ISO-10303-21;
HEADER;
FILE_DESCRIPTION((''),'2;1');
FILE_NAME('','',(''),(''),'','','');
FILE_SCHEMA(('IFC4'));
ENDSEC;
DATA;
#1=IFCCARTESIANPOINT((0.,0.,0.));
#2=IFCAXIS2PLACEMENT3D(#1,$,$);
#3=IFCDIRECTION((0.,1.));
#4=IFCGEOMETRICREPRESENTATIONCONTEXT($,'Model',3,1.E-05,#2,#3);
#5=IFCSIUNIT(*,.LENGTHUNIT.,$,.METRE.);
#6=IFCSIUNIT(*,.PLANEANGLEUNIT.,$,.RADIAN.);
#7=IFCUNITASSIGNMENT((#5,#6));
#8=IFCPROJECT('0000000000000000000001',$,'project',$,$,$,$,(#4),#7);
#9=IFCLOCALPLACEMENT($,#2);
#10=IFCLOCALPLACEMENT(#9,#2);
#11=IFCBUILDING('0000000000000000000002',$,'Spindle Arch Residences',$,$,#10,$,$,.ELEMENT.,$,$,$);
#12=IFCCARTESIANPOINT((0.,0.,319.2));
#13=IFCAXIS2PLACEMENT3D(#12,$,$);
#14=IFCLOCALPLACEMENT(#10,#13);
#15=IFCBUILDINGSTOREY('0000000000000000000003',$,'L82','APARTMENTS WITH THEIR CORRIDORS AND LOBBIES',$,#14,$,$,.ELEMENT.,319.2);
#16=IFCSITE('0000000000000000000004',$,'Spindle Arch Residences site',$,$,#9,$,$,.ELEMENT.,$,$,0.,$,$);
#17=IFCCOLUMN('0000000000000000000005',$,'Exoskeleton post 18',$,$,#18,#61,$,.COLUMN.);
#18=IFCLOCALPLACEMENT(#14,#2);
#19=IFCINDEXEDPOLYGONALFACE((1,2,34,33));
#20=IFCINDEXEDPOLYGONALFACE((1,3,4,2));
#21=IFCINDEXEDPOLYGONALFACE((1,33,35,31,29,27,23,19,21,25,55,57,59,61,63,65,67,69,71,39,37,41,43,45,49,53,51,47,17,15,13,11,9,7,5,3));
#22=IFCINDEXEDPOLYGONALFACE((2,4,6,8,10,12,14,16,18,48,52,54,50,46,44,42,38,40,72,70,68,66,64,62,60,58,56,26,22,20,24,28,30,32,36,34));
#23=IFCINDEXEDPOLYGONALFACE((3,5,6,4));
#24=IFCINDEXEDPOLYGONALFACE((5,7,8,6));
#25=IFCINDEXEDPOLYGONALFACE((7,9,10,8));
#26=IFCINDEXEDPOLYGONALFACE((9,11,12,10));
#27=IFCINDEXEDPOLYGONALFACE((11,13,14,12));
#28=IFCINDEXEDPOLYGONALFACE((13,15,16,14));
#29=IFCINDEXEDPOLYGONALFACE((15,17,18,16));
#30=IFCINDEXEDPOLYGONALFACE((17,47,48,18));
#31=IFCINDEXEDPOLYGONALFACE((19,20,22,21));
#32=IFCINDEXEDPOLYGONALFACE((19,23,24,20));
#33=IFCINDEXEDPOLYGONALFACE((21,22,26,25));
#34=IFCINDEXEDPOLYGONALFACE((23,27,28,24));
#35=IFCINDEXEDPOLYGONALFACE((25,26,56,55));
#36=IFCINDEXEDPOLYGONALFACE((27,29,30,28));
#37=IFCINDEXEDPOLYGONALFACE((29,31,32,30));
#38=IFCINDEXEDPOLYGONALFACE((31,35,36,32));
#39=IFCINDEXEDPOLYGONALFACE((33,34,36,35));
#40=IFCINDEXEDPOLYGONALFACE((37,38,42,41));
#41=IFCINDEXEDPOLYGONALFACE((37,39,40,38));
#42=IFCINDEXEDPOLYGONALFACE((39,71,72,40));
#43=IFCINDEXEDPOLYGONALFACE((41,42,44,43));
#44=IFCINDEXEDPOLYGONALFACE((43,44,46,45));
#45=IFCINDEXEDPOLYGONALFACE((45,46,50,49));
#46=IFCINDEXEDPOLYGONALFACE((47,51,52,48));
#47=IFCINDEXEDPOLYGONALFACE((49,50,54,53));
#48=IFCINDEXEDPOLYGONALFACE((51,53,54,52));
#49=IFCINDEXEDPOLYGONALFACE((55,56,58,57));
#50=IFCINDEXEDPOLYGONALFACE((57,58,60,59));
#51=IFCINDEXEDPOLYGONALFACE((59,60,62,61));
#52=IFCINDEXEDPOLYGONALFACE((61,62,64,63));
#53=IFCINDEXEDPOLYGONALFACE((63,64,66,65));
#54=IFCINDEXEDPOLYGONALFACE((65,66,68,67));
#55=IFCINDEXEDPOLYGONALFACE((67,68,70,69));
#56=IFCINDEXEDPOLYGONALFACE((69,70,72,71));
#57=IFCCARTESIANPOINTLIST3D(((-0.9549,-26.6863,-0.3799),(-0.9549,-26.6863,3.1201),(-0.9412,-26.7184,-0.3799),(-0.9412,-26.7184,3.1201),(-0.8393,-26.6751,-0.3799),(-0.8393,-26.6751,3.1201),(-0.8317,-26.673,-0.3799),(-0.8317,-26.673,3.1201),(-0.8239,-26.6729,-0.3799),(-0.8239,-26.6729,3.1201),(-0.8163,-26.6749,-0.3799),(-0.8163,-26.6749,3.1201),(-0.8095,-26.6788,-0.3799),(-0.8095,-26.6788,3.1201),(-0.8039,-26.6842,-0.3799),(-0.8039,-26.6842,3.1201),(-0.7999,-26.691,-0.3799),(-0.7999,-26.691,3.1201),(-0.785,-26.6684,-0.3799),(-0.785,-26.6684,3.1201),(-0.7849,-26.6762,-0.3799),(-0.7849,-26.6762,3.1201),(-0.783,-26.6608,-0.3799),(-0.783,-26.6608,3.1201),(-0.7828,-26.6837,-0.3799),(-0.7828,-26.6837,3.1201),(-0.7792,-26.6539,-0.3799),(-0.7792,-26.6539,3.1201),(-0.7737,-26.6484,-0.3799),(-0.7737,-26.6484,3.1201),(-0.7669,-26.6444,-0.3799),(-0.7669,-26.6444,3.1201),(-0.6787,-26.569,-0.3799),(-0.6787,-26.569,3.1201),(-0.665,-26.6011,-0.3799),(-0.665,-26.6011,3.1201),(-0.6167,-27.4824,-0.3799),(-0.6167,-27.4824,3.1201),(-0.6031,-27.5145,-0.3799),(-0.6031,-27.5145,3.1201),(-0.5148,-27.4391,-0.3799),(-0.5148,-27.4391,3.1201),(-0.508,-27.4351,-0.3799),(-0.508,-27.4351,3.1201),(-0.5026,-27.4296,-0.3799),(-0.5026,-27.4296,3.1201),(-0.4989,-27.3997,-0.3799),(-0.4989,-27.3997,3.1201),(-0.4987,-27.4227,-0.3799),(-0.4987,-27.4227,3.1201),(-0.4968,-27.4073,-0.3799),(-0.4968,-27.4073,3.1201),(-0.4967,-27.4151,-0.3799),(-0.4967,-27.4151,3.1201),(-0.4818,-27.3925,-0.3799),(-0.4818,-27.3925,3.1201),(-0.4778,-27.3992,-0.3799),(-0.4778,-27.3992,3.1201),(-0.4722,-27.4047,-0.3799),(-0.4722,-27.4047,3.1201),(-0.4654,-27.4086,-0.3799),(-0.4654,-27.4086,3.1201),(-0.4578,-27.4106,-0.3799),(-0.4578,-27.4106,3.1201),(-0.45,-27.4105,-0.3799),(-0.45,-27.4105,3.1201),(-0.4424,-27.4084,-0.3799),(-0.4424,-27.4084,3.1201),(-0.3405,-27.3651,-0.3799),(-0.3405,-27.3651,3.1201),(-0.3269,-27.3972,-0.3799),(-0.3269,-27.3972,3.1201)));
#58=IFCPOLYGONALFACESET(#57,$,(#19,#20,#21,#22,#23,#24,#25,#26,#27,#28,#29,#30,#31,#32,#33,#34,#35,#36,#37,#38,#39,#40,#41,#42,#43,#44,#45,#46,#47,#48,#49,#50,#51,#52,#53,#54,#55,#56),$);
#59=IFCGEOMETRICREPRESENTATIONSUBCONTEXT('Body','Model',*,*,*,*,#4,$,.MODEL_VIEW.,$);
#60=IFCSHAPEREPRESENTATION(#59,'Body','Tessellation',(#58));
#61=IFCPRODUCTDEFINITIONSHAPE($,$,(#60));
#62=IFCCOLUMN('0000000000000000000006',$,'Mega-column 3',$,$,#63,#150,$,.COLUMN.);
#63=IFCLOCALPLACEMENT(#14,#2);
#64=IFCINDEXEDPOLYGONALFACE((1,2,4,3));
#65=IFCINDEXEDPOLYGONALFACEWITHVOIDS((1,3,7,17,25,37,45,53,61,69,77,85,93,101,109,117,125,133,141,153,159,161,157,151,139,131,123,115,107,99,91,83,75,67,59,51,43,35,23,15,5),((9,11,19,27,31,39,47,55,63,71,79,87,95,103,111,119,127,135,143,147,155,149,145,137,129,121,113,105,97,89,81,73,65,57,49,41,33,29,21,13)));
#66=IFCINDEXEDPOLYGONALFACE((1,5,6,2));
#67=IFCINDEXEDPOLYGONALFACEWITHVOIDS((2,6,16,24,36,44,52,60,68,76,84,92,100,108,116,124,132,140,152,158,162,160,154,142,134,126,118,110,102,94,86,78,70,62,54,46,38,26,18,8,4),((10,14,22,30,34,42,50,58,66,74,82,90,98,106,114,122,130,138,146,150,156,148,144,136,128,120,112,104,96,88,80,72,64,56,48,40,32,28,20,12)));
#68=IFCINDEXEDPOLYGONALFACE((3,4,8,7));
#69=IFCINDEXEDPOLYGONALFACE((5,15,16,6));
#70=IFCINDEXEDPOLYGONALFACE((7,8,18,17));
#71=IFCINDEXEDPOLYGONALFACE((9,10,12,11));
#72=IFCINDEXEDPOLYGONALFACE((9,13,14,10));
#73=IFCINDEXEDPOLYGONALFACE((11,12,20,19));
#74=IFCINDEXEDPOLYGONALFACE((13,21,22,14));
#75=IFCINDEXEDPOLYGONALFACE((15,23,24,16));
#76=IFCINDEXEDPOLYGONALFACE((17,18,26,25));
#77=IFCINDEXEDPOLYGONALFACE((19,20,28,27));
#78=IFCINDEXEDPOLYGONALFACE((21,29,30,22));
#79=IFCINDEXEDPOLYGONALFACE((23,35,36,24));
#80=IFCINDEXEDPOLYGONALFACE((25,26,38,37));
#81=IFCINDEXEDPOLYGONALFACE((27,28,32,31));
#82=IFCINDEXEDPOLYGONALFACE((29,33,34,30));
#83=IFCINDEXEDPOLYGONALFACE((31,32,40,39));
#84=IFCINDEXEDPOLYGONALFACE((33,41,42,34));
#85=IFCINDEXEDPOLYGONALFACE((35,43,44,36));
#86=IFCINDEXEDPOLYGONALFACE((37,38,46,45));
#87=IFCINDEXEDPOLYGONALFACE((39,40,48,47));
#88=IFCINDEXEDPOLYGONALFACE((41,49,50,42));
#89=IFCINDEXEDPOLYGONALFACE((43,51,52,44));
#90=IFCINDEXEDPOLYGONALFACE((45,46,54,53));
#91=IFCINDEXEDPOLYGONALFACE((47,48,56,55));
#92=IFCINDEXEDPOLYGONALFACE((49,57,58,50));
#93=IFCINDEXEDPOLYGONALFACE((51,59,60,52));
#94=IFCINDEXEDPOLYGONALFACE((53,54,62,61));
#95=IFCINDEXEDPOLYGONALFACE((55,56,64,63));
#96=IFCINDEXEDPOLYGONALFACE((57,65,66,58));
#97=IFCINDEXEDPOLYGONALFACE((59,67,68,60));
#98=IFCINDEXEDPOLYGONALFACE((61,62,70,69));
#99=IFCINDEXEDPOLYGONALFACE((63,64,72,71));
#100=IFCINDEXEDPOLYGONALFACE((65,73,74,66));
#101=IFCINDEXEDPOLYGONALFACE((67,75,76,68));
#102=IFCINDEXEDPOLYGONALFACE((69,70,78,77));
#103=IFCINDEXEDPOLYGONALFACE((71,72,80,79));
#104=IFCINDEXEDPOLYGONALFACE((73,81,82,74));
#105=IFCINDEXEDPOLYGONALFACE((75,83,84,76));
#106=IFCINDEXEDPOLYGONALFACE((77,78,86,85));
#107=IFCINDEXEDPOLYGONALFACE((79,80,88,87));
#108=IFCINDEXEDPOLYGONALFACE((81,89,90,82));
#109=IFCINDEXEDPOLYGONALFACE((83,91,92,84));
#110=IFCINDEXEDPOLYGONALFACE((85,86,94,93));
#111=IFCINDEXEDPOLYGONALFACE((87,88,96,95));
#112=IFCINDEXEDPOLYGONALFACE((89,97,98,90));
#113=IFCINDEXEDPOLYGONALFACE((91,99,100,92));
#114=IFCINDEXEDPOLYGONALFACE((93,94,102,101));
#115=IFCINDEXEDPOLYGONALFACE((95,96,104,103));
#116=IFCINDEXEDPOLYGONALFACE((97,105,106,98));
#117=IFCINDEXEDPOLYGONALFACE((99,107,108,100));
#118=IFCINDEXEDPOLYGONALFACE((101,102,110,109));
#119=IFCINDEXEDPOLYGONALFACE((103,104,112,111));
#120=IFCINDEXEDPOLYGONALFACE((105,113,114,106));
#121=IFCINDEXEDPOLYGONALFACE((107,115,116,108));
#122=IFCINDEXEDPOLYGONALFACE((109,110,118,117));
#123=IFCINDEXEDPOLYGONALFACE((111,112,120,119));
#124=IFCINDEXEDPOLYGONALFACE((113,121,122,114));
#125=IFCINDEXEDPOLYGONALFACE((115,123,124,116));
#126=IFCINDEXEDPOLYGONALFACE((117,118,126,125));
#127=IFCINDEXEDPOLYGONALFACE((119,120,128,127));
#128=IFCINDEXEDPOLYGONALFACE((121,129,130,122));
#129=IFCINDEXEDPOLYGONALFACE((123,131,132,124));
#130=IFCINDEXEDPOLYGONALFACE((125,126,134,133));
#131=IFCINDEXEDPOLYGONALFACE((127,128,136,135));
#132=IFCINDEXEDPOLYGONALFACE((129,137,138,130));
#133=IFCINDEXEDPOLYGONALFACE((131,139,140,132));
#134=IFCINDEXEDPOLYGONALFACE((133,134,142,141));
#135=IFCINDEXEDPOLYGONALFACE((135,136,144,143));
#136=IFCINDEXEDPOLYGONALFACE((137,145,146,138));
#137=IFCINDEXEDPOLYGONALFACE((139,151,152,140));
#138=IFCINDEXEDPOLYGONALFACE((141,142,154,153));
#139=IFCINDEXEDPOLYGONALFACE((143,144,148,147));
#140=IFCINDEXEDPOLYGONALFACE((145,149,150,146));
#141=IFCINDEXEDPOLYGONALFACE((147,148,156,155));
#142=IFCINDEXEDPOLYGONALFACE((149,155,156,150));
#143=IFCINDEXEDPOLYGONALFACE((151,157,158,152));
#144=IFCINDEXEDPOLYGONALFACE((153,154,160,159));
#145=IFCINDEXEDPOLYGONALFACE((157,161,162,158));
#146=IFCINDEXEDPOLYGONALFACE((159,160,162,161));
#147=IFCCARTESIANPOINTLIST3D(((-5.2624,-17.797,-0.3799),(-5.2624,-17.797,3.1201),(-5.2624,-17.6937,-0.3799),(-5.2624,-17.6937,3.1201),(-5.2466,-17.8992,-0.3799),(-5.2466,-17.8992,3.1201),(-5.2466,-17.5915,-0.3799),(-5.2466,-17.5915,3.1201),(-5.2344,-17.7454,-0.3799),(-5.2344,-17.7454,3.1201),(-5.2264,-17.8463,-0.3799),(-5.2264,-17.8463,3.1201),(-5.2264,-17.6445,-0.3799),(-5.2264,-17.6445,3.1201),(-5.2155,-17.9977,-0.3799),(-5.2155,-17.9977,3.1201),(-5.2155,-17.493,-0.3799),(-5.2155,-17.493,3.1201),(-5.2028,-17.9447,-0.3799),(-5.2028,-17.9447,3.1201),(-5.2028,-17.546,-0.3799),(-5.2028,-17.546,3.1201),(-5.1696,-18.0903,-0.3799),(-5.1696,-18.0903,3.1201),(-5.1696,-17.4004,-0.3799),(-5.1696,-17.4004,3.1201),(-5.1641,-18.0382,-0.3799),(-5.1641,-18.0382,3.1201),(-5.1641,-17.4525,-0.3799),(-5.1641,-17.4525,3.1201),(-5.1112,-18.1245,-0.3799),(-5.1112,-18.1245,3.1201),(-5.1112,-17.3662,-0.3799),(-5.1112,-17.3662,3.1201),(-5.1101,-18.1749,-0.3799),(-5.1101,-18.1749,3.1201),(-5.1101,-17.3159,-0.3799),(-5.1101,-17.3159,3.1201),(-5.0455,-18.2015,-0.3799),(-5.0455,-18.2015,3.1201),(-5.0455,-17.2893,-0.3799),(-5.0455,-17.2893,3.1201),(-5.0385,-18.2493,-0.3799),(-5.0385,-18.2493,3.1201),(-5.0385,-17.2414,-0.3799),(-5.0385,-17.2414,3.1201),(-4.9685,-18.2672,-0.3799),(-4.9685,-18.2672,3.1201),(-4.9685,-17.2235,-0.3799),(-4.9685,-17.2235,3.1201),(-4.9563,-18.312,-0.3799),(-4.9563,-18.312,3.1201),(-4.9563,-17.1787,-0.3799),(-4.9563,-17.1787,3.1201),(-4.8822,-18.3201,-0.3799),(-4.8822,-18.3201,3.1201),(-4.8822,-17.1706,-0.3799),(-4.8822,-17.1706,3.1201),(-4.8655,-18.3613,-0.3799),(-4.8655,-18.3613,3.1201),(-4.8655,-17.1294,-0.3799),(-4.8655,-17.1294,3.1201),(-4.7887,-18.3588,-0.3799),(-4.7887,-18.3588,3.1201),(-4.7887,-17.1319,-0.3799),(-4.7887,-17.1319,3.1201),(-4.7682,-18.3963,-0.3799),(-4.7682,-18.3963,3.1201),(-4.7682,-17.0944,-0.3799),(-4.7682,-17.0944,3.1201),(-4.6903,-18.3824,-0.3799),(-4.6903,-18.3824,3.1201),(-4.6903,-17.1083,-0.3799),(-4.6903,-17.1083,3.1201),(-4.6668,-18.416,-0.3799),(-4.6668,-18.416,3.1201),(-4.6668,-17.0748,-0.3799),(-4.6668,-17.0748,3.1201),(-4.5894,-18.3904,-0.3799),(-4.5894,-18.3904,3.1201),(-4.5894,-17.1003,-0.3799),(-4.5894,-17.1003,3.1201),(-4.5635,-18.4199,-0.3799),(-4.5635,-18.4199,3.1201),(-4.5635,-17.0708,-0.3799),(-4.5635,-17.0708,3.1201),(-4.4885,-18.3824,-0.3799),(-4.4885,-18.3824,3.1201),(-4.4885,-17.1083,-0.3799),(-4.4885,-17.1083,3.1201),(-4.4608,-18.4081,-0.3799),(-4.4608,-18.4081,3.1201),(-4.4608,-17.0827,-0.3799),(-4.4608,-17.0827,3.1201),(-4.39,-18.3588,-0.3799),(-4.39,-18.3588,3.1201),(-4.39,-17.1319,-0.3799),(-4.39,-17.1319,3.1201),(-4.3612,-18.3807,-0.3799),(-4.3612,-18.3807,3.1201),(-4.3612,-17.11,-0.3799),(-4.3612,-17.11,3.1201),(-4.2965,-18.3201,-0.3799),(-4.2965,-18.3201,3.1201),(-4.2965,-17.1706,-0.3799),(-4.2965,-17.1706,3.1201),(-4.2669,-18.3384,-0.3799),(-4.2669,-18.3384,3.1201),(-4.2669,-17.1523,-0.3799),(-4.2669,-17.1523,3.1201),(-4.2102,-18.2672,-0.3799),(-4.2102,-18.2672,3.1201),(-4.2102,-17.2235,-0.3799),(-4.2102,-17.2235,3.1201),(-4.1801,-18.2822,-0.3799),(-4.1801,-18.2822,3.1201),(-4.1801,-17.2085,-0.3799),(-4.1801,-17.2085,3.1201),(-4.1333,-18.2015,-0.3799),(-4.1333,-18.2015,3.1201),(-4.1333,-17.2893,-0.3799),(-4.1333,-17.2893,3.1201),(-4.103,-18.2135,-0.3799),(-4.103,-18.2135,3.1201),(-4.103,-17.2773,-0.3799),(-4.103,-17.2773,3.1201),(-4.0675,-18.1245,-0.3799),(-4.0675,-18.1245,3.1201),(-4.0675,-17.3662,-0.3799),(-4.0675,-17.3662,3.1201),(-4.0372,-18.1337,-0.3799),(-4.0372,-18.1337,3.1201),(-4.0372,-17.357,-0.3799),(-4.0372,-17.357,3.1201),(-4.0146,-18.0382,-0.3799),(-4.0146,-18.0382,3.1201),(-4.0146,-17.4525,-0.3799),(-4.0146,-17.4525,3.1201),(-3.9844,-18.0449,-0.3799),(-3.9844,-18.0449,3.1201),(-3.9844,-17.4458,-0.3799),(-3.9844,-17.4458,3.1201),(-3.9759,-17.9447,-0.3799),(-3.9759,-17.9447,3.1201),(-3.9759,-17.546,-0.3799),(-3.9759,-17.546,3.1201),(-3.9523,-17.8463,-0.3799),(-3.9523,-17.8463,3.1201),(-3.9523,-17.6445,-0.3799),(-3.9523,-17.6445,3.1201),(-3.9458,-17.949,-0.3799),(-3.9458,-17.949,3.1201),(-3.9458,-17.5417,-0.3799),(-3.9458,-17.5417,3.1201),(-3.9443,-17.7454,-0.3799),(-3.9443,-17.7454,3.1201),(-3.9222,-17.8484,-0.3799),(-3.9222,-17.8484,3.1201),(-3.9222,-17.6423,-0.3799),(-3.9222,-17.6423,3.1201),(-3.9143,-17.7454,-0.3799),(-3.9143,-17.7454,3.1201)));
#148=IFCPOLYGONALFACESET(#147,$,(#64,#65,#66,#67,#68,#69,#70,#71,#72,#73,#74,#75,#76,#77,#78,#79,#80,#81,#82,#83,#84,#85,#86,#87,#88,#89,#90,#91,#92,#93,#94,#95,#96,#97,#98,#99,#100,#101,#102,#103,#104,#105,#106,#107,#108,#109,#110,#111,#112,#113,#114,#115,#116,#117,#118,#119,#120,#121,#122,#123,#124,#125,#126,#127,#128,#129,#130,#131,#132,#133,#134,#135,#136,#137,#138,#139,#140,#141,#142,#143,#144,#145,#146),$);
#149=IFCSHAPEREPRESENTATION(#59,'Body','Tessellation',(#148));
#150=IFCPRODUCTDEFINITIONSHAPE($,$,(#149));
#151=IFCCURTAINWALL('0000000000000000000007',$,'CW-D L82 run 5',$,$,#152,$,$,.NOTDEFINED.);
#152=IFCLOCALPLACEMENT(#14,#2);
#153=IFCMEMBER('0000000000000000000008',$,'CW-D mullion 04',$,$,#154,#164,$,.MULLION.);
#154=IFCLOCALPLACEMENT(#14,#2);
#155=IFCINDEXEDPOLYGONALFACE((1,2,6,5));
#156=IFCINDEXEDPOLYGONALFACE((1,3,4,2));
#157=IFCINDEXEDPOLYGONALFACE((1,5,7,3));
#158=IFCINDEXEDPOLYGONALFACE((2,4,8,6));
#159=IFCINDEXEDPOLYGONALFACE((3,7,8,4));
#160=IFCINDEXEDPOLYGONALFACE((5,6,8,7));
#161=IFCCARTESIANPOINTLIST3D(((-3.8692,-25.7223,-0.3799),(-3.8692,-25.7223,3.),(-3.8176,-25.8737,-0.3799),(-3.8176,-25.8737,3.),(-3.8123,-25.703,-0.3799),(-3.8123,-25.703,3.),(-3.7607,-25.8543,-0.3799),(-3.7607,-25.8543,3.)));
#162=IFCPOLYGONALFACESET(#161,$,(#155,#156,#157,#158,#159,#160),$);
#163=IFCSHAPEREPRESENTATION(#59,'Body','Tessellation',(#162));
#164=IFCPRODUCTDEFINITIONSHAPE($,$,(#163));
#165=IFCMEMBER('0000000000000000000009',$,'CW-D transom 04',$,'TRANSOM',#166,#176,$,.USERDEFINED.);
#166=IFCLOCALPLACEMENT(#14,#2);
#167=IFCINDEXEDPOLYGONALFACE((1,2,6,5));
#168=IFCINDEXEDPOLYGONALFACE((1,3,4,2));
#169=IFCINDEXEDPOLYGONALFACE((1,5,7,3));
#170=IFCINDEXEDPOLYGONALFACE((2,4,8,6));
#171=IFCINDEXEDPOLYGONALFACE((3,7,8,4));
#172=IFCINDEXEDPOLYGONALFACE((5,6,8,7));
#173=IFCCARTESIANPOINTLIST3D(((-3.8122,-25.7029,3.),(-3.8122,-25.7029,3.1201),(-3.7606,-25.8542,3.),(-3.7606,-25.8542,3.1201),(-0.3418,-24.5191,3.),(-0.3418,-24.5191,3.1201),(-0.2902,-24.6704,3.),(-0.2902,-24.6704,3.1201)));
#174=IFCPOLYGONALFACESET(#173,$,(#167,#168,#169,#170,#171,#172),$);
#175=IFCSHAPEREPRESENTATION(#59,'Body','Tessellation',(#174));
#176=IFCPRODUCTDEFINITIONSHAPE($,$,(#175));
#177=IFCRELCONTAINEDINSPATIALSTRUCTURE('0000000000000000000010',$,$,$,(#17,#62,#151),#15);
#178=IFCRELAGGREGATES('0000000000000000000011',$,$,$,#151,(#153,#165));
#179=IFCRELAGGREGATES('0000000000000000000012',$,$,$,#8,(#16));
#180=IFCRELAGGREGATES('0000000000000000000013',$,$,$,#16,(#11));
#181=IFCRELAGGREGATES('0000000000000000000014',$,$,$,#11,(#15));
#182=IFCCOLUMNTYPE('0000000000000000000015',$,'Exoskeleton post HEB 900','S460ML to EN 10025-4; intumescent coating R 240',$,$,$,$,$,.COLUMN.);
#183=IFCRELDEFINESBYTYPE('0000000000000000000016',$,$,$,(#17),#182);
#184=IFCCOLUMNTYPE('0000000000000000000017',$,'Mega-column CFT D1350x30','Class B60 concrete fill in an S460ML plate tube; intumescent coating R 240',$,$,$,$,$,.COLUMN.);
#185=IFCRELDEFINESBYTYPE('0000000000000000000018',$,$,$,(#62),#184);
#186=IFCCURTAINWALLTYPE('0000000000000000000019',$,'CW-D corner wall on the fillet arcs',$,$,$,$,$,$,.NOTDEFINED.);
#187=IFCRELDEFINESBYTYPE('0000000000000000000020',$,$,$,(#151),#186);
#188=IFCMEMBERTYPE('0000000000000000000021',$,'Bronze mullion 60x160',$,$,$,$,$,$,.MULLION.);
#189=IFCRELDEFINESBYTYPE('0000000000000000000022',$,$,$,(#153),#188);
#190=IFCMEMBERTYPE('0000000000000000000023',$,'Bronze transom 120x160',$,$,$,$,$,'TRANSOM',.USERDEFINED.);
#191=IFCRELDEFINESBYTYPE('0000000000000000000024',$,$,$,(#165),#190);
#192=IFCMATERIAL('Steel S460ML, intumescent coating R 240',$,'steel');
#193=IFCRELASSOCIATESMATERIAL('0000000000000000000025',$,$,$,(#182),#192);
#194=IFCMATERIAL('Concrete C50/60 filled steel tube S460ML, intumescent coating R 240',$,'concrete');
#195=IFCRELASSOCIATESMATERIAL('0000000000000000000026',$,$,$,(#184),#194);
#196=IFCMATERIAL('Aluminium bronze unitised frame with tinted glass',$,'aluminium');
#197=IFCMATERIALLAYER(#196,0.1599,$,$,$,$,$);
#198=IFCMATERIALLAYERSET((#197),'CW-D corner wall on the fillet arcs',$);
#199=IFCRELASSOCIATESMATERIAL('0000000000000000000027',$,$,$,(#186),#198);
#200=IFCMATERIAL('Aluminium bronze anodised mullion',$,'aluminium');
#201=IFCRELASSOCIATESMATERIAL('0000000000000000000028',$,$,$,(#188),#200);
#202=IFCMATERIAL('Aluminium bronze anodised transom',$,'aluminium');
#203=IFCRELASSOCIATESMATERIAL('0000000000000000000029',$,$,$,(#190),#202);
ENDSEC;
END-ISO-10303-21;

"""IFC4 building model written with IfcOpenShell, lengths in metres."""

from ifc_helpers import new_model, si_unit, direction, frame, origin, origin_2d, place, context, subcontext, project, spatial, rectangle, hollow_circle, i_section, extrude, material, layer, layer_set, material_profile, profile_set, type_object, element, aggregate, save


model = new_model("IFC4")

# Units and contexts
model_context = context("Model", 3, precision=1e-05, world=origin(), true_north=direction((0.0, 1.0)))
body_context = subcontext(model_context, "Body", "Model", "MODEL_VIEW")
ifc_project = project(units=[si_unit("LENGTHUNIT", "METRE"), si_unit("PLANEANGLEUNIT", "RADIAN")], contexts=[model_context])

# Site, building, storey
site_placement = place(None, origin())
site = spatial("IfcSite", under=ifc_project, at=site_placement, Name="Spindle Arch Residences site", CompositionType="ELEMENT", RefElevation=0.0)
building_placement = place(site_placement, origin())
building = spatial("IfcBuilding", under=site, at=building_placement, Name="Spindle Arch Residences", CompositionType="ELEMENT")
storey_placement = place(building_placement, frame((0.0, 0.0, 319.2)))
storey = spatial("IfcBuildingStorey", under=building, at=storey_placement, Name="L82", Description="APARTMENTS WITH THEIR CORRIDORS AND LOBBIES", CompositionType="ELEMENT", Elevation=319.2)

# Columns
ifc_material_1 = material(Name="Steel S460ML, intumescent coating R 240", Category="steel")
ifc_material_profile_1 = material_profile(ifc_material_1, i_section(OverallWidth=0.3, OverallDepth=0.8999, WebThickness=0.0186, FlangeThickness=0.0349, FilletRadius=0.03, at=origin_2d()), Name="HEB 900")
ifc_profile_set_1 = profile_set([ifc_material_profile_1], Name="Steel S460ML, intumescent coating R 240")
column_type_1 = type_object("IfcColumnType", Name="Exoskeleton post HEB 900", Description="S460ML to EN 10025-4; intumescent coating R 240", PredefinedType="COLUMN", material=ifc_profile_set_1)
column_1_placement = place(storey_placement, frame((-0.6409, -27.0417, -0.3799), z_axis=(0.0, 0.0, 1.0), x_axis=(-0.920422, -0.390926, 0.0)))
element("IfcColumn", 1, at=column_1_placement, inside=storey, type_object=column_type_1, Name="Exoskeleton post 18", PredefinedType="COLUMN", context=body_context, shape_type="SweptSolid", body=[
    extrude(i_section(OverallWidth=0.3, OverallDepth=0.8999, WebThickness=0.0186, FlangeThickness=0.0349, FilletRadius=0.03, at=origin_2d()), origin(), (0.0, 0.0, 1.0), 3.5),
])
ifc_material_2 = material(Name="Concrete C50/60 filled steel tube S460ML, intumescent coating R 240", Category="concrete")
ifc_material_profile_2 = material_profile(ifc_material_2, hollow_circle(Radius=0.675, WallThickness=0.03, at=origin_2d()), Name="CFT D1350x30")
ifc_profile_set_2 = profile_set([ifc_material_profile_2], Name="Concrete C50/60 filled steel tube S460ML, intumescent coating R 240")
column_type_2 = type_object("IfcColumnType", Name="Mega-column CFT D1350x30", Description="Class B60 concrete fill in an S460ML plate tube; intumescent coating R 240", PredefinedType="COLUMN", material=ifc_profile_set_2)
column_2_placement = place(storey_placement, frame((-4.5894, -17.7454, -0.3799), z_axis=(0.0, 0.0, 1.0), x_axis=(1.0, 0.0, 0.0)))
element("IfcColumn", 2, at=column_2_placement, inside=storey, type_object=column_type_2, Name="Mega-column 3", PredefinedType="COLUMN", context=body_context, shape_type="SweptSolid", body=[
    extrude(hollow_circle(Radius=0.675, WallThickness=0.03, at=origin_2d()), origin(), (0.0, 0.0, 1.0), 3.5),
])

# Curtain wall, members
ifc_material_3 = material(Name="Aluminium bronze unitised frame with tinted glass", Category="aluminium")
ifc_layer_1 = layer(ifc_material_3, 0.1599)
ifc_layer_set_1 = layer_set([ifc_layer_1], Name="CW-D corner wall on the fillet arcs")
curtain_wall_type = type_object("IfcCurtainWallType", Name="CW-D corner wall on the fillet arcs", PredefinedType="NOTDEFINED", material=ifc_layer_set_1)
curtain_wall_placement = place(storey_placement, origin())
curtain_wall = element("IfcCurtainWall", 3, at=curtain_wall_placement, inside=storey, type_object=curtain_wall_type, Name="CW-D L82 run 5", PredefinedType="NOTDEFINED")
ifc_material_4 = material(Name="Aluminium bronze anodised mullion", Category="aluminium")
ifc_material_profile_3 = material_profile(ifc_material_4, rectangle(XDim=0.1599, YDim=0.0601, at=origin_2d()), Name="MU 60x160")
ifc_profile_set_3 = profile_set([ifc_material_profile_3], Name="Aluminium bronze anodised mullion")
member_type_1 = type_object("IfcMemberType", Name="Bronze mullion 60x160", PredefinedType="MULLION", material=ifc_profile_set_3)
member_1_placement = place(storey_placement, frame((-3.8149, -25.7883, -0.3799), z_axis=(0.0, 0.0, 1.0), x_axis=(-0.322816, 0.946462, 0.0)))
member_1 = element("IfcMember", 4, at=member_1_placement, type_object=member_type_1, Name="CW-D mullion 04", PredefinedType="MULLION", context=body_context, shape_type="SweptSolid", body=[
    extrude(rectangle(XDim=0.1599, YDim=0.0601, at=origin_2d()), origin(), (0.0, 0.0, 1.0), 3.3799),
])
ifc_material_5 = material(Name="Aluminium bronze anodised transom", Category="aluminium")
ifc_material_profile_4 = material_profile(ifc_material_5, rectangle(XDim=0.1599, YDim=0.1201, at=origin_2d()), Name="TR 120x160")
ifc_profile_set_4 = profile_set([ifc_material_profile_4], Name="Aluminium bronze anodised transom")
member_type_2 = type_object("IfcMemberType", Name="Bronze transom 120x160", ElementType="TRANSOM", PredefinedType="USERDEFINED", material=ifc_profile_set_4)
member_2_placement = place(storey_placement, frame((-3.7864, -25.7786, 3.0601), z_axis=(0.94645, 0.322852, 0.0), x_axis=(-0.322852, 0.94645, 0.0)))
member_2 = element("IfcMember", 5, at=member_2_placement, type_object=member_type_2, Name="CW-D transom 04", ObjectType="TRANSOM", PredefinedType="USERDEFINED", context=body_context, shape_type="SweptSolid", body=[
    extrude(rectangle(XDim=0.1599, YDim=0.1201, at=origin_2d()), origin(), (0.0, 0.0, 1.0), 3.6667),
])

aggregate(curtain_wall, [member_1, member_2])

save(model, "model.ifc")
